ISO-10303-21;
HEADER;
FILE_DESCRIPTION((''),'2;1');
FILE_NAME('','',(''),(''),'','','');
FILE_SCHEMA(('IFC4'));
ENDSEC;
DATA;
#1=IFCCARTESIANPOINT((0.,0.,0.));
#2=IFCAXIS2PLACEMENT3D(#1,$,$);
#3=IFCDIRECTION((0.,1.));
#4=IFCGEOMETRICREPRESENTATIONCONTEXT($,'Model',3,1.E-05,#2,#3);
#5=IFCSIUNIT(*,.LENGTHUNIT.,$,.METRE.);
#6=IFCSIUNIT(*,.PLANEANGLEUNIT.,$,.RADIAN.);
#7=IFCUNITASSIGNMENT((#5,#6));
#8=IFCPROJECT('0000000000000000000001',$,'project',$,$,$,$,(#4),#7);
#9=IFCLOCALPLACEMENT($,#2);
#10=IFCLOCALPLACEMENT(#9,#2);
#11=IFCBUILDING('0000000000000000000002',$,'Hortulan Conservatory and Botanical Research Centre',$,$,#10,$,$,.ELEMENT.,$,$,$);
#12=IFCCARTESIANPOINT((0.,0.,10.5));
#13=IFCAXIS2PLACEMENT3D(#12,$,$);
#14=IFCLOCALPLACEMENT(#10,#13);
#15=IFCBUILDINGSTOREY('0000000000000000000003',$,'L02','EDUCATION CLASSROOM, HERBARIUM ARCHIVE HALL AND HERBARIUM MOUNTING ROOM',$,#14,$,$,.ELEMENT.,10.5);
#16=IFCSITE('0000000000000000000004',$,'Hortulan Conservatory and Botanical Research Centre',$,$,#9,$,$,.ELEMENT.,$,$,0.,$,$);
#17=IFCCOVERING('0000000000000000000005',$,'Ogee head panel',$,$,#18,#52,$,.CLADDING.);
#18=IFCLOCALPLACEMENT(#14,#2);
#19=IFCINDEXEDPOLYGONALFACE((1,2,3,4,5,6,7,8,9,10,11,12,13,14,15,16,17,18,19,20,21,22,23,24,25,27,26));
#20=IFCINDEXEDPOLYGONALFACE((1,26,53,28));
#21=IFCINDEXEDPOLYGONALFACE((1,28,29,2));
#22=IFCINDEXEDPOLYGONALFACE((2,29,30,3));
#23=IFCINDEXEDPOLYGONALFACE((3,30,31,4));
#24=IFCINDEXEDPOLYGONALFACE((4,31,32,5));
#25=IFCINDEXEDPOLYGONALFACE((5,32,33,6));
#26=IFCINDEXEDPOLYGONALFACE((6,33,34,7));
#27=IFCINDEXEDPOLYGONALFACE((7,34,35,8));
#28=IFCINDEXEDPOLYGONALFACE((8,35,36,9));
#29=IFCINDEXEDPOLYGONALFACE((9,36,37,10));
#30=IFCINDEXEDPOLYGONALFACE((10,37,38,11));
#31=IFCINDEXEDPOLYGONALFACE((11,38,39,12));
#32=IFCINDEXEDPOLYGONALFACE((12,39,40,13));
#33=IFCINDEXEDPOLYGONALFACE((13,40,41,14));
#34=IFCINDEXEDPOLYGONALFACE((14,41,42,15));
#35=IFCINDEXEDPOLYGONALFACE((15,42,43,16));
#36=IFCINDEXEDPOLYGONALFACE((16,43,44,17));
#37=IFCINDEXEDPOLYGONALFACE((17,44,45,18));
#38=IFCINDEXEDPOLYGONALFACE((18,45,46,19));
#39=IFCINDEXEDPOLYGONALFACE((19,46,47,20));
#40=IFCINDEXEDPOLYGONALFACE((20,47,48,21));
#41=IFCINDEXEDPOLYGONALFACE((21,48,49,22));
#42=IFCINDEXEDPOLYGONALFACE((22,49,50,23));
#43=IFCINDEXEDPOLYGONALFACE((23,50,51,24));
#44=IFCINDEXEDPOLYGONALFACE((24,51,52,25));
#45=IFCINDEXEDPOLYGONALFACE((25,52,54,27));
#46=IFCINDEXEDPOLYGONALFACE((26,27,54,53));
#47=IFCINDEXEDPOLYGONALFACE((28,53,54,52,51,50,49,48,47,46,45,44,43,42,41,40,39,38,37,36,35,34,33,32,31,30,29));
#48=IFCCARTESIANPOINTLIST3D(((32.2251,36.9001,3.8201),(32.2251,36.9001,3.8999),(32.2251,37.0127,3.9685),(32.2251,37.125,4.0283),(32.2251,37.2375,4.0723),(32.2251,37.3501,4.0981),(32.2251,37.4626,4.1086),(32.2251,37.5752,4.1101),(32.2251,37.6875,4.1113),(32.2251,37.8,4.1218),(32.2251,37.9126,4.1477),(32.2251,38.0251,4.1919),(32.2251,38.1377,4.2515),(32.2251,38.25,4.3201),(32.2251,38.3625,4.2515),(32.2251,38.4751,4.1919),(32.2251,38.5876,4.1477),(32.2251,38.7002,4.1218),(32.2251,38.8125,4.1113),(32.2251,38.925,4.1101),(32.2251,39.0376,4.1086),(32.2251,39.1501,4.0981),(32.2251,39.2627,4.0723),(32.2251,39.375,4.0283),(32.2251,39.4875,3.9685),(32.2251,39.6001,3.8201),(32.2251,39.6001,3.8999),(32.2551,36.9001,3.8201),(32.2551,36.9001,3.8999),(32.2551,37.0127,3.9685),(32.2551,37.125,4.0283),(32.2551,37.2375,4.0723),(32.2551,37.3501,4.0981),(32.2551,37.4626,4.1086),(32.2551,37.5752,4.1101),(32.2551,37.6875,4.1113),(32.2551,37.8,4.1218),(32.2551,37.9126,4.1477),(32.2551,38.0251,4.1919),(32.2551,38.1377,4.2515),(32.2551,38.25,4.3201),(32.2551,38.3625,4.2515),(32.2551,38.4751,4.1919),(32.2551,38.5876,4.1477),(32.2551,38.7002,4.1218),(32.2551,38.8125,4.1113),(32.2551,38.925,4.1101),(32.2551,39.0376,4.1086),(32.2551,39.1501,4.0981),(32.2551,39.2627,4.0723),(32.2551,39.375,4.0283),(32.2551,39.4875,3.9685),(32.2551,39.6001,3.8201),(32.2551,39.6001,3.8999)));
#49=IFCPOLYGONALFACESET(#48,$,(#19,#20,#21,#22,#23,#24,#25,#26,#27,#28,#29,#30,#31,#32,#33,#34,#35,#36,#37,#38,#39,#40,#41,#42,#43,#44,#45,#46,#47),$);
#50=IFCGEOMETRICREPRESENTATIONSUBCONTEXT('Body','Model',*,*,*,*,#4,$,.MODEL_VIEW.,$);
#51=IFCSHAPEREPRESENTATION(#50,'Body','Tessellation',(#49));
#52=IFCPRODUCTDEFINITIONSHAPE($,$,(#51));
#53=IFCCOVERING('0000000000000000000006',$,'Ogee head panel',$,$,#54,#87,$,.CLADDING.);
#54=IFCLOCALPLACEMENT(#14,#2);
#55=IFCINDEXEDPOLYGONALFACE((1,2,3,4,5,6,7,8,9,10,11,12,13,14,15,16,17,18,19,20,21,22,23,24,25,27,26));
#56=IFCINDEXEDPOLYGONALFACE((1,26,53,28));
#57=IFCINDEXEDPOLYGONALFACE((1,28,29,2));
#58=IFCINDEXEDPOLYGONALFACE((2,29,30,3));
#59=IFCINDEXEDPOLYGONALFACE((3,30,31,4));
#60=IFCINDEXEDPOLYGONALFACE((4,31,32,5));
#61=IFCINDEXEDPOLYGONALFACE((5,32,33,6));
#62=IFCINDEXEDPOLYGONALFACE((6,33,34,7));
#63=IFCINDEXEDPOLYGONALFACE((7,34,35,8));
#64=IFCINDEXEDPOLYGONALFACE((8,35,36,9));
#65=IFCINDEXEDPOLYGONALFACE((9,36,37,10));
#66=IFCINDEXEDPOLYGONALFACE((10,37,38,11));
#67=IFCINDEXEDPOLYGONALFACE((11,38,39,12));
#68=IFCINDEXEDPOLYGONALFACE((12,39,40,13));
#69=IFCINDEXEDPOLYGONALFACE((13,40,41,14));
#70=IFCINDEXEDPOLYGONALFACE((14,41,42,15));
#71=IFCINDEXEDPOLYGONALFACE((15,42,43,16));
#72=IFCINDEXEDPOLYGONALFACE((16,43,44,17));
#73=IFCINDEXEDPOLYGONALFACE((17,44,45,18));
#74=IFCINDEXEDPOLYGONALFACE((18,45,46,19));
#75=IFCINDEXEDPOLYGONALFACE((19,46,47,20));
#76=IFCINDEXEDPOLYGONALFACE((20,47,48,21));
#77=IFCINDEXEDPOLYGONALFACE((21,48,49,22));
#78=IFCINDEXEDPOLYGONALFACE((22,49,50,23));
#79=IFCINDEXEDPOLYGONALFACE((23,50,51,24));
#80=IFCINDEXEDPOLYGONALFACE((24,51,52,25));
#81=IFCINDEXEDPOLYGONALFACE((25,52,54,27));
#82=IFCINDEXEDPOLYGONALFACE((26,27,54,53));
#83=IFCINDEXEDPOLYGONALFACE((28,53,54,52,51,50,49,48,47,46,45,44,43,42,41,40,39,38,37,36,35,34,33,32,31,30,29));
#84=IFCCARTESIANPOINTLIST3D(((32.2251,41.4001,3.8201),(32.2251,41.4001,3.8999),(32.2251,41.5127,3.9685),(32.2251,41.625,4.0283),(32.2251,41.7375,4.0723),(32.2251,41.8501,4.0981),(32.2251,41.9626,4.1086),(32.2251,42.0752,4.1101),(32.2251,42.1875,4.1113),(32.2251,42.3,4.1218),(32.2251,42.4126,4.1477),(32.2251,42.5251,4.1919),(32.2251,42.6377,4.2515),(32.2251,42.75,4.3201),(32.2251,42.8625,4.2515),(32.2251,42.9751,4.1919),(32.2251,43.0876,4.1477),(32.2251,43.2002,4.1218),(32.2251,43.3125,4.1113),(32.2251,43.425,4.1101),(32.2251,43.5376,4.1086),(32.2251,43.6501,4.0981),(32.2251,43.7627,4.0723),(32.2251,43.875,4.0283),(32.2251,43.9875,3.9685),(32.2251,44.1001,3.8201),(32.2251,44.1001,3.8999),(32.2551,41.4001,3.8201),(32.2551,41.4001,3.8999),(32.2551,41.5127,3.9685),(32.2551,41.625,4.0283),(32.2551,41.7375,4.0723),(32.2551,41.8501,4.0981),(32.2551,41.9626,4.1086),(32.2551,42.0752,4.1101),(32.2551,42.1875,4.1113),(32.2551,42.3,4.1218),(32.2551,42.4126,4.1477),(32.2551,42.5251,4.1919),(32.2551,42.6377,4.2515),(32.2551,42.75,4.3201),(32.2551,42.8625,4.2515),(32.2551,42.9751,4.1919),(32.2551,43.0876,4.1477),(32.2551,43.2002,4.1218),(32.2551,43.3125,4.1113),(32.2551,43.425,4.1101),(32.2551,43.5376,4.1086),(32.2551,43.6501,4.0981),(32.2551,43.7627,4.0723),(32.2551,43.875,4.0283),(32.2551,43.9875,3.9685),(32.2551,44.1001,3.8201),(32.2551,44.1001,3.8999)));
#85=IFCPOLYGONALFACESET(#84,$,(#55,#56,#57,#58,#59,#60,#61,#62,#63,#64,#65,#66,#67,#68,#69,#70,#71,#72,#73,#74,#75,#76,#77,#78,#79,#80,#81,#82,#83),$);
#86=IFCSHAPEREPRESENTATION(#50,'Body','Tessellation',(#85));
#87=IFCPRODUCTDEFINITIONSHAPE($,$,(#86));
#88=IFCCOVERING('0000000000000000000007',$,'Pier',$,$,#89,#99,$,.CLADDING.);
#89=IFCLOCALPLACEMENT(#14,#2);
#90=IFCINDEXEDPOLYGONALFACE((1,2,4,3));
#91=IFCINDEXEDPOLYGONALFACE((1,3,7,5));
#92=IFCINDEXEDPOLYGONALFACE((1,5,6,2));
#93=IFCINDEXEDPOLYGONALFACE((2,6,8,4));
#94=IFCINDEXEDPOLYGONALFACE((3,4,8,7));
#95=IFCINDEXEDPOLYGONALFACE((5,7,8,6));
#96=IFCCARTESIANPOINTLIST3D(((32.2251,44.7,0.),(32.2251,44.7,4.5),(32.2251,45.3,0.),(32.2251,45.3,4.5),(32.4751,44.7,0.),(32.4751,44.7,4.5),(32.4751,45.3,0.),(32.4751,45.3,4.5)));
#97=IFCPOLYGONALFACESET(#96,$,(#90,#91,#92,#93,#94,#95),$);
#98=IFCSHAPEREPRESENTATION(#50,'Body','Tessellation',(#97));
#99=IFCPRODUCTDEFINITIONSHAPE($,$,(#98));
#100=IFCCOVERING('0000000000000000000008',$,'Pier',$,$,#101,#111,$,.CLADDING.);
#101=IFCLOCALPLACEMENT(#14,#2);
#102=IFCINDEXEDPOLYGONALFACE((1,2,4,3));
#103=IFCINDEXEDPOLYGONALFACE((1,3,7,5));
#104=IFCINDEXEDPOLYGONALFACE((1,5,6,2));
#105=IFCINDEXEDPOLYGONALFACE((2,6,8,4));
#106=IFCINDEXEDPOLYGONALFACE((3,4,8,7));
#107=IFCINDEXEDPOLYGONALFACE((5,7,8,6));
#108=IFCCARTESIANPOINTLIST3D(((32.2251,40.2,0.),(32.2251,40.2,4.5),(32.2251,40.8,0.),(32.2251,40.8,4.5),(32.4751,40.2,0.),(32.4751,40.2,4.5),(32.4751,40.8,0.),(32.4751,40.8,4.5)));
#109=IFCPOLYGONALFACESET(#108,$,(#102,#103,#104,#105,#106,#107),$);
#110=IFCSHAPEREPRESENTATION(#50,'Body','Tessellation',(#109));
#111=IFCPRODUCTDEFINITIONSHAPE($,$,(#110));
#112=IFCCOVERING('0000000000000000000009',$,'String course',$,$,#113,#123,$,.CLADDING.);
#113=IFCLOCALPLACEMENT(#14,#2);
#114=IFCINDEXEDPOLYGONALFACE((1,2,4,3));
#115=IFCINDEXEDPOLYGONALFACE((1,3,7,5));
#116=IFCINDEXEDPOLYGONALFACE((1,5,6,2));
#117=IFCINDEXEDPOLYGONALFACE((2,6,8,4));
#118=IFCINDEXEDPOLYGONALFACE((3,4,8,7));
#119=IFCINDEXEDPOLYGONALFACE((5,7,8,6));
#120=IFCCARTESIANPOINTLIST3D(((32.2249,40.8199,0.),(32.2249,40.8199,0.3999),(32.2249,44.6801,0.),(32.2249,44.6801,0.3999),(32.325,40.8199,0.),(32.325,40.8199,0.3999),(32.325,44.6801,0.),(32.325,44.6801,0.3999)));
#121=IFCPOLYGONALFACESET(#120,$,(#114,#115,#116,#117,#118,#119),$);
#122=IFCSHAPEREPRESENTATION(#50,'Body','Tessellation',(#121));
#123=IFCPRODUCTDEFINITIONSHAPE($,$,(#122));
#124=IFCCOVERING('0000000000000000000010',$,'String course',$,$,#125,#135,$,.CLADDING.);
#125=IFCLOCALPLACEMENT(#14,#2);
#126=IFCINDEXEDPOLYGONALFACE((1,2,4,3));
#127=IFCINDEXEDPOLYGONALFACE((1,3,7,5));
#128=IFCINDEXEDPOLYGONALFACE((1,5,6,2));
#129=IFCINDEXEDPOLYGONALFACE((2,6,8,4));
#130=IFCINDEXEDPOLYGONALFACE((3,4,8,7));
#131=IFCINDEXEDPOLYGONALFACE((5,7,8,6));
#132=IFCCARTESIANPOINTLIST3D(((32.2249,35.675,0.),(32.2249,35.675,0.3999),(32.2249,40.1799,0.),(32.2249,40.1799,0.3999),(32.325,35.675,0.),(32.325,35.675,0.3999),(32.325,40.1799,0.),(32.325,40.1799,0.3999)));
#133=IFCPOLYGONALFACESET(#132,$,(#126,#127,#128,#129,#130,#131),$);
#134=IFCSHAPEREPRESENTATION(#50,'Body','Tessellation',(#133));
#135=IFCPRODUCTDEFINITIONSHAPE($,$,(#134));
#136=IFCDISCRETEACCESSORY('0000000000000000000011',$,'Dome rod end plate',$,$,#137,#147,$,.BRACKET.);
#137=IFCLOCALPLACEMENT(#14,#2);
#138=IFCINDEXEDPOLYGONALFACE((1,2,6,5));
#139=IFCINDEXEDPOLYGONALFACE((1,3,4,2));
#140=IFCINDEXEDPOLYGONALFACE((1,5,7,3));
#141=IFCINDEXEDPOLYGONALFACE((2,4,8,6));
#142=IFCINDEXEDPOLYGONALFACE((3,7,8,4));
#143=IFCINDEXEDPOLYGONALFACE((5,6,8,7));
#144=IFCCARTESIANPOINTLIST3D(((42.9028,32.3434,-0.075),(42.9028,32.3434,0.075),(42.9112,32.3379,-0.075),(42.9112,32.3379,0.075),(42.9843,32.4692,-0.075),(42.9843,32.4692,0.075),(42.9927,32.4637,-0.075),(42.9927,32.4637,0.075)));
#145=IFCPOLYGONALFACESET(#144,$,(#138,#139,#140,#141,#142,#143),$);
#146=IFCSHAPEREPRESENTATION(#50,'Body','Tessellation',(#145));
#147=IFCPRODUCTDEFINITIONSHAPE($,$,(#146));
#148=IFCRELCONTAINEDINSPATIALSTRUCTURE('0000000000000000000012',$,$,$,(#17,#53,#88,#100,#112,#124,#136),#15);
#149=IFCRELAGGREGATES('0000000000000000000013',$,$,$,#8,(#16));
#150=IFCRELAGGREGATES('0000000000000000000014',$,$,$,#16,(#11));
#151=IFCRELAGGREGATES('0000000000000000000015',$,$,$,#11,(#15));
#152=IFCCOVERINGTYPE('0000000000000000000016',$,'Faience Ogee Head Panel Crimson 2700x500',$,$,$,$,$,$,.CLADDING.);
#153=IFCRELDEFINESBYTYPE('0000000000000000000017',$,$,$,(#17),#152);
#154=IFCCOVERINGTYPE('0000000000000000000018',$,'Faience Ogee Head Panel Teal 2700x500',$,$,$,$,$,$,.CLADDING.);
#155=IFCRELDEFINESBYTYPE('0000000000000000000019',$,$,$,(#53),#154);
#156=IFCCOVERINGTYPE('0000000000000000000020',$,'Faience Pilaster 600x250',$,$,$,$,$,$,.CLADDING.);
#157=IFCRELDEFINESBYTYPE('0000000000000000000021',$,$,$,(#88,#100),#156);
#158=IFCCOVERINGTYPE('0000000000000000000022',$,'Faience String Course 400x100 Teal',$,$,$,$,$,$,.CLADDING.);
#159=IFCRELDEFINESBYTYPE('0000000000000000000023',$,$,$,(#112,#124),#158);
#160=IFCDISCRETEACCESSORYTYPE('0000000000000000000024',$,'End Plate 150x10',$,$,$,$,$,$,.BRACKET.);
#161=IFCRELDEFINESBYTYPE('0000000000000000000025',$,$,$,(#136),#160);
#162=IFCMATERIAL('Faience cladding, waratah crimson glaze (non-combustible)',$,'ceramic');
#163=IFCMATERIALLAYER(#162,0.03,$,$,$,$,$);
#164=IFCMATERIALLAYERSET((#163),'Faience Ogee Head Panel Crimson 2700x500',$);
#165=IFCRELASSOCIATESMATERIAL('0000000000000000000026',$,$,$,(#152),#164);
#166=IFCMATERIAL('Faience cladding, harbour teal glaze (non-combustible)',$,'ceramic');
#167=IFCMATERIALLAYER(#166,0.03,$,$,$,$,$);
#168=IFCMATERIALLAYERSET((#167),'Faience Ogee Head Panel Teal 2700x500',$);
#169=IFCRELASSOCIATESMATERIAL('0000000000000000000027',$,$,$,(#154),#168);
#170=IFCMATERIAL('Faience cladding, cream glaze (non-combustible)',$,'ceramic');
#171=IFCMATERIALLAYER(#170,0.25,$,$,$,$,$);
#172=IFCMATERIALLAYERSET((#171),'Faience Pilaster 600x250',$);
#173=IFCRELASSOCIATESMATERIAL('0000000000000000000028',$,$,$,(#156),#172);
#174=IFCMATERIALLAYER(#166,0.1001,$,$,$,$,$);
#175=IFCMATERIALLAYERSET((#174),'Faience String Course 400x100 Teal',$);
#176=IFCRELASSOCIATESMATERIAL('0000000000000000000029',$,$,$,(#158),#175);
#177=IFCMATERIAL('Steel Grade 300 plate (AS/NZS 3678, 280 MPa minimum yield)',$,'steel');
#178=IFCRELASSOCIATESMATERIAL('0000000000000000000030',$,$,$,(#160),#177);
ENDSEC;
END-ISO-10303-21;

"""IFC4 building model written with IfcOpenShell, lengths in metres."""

from ifc_helpers import new_model, si_unit, direction, frame, origin, origin_2d, place, context, subcontext, project, spatial, polyline, rectangle, outline, extrude, material, layer, layer_set, type_object, element, save


model = new_model("IFC4")

# Units and contexts
model_context = context("Model", 3, precision=1e-05, world=origin(), true_north=direction((0.0, 1.0)))
body_context = subcontext(model_context, "Body", "Model", "MODEL_VIEW")
ifc_project = project(units=[si_unit("LENGTHUNIT", "METRE"), si_unit("PLANEANGLEUNIT", "RADIAN")], contexts=[model_context])

# Site, building, storey
site_placement = place(None, origin())
site = spatial("IfcSite", under=ifc_project, at=site_placement, Name="Hortulan Conservatory and Botanical Research Centre", CompositionType="ELEMENT", RefElevation=0.0)
building_placement = place(site_placement, origin())
building = spatial("IfcBuilding", under=site, at=building_placement, Name="Hortulan Conservatory and Botanical Research Centre", CompositionType="ELEMENT")
storey_placement = place(building_placement, frame((0.0, 0.0, 10.5)))
storey = spatial("IfcBuildingStorey", under=building, at=storey_placement, Name="L02", Description="EDUCATION CLASSROOM, HERBARIUM ARCHIVE HALL AND HERBARIUM MOUNTING ROOM", CompositionType="ELEMENT", Elevation=10.5)

# Coverings
ifc_material_1 = material(Name="Faience cladding, waratah crimson glaze (non-combustible)", Category="ceramic")
ifc_layer_1 = layer(ifc_material_1, 0.03)
ifc_layer_set_1 = layer_set([ifc_layer_1], Name="Faience Ogee Head Panel Crimson 2700x500")
covering_type_1 = type_object("IfcCoveringType", Name="Faience Ogee Head Panel Crimson 2700x500", PredefinedType="CLADDING", material=ifc_layer_set_1)
covering_1_placement = place(storey_placement, frame((32.24, 39.6001, 3.8201), z_axis=(0.0, 0.0, 1.0), x_axis=(0.0, -1.0, 0.0)))
element("IfcCovering", 1, at=covering_1_placement, inside=storey, type_object=covering_type_1, Name="Ogee head panel", PredefinedType="CLADDING", context=body_context, shape_type="SweptSolid", body=[
    extrude(outline(polyline([(0.0, 0.0), (2.7, 0.0), (2.7, 0.0798), (2.5874, 0.1484), (2.4751, 0.2083), (2.3625, 0.2522), (2.25, 0.2781), (2.1375, 0.2886), (2.0249, 0.29), (1.9126, 0.2913), (1.8, 0.3018), (1.6875, 0.3276), (1.575, 0.3718), (1.4624, 0.4314), (1.3501, 0.5), (1.2375, 0.4314), (1.125, 0.3718), (1.0125, 0.3276), (0.8999, 0.3018), (0.7876, 0.2913), (0.675, 0.29), (0.5625, 0.2886), (0.45, 0.2781), (0.3374, 0.2522), (0.2251, 0.2083), (0.1125, 0.1484), (0.0, 0.0798), (0.0, 0.0)])), frame((0.0, 0.0151, 0.0), z_axis=(0.0, -1.0, 0.0), x_axis=(1.0, 0.0, 0.0)), (0.0, 0.0, 1.0), 0.03),
])
ifc_material_2 = material(Name="Faience cladding, harbour teal glaze (non-combustible)", Category="ceramic")
ifc_layer_2 = layer(ifc_material_2, 0.03)
ifc_layer_set_2 = layer_set([ifc_layer_2], Name="Faience Ogee Head Panel Teal 2700x500")
covering_type_2 = type_object("IfcCoveringType", Name="Faience Ogee Head Panel Teal 2700x500", PredefinedType="CLADDING", material=ifc_layer_set_2)
covering_2_placement = place(storey_placement, frame((32.24, 44.1001, 3.8201), z_axis=(0.0, 0.0, 1.0), x_axis=(0.0, -1.0, 0.0)))
element("IfcCovering", 2, at=covering_2_placement, inside=storey, type_object=covering_type_2, Name="Ogee head panel", PredefinedType="CLADDING", context=body_context, shape_type="SweptSolid", body=[
    extrude(outline(polyline([(0.0, 0.0), (2.7, 0.0), (2.7, 0.0798), (2.5874, 0.1484), (2.4751, 0.2083), (2.3625, 0.2522), (2.25, 0.2781), (2.1375, 0.2886), (2.0249, 0.29), (1.9126, 0.2913), (1.8, 0.3018), (1.6875, 0.3276), (1.575, 0.3718), (1.4624, 0.4314), (1.3501, 0.5), (1.2375, 0.4314), (1.125, 0.3718), (1.0125, 0.3276), (0.8999, 0.3018), (0.7876, 0.2913), (0.675, 0.29), (0.5625, 0.2886), (0.45, 0.2781), (0.3374, 0.2522), (0.2251, 0.2083), (0.1125, 0.1484), (0.0, 0.0798), (0.0, 0.0)])), frame((0.0, 0.0151, 0.0), z_axis=(0.0, -1.0, 0.0), x_axis=(1.0, 0.0, 0.0)), (0.0, 0.0, 1.0), 0.03),
])
ifc_material_3 = material(Name="Faience cladding, cream glaze (non-combustible)", Category="ceramic")
ifc_layer_3 = layer(ifc_material_3, 0.25)
ifc_layer_set_3 = layer_set([ifc_layer_3], Name="Faience Pilaster 600x250")
covering_type_3 = type_object("IfcCoveringType", Name="Faience Pilaster 600x250", PredefinedType="CLADDING", material=ifc_layer_set_3)
for number, where, z_axis, x_axis, name in (
    (3, (32.3501, 45.0, 0.0), (0.0, 0.0, 1.0), (0.0, -1.0, 0.0), "Pier"),
    (4, (32.3501, 40.5, 0.0), (0.0, 0.0, 1.0), (0.0, -1.0, 0.0), "Pier"),
):
    element("IfcCovering", number, at=place(storey_placement, frame(where, z_axis=z_axis, x_axis=x_axis)), inside=storey, type_object=covering_type_3, Name=name, PredefinedType="CLADDING", context=body_context, shape_type="SweptSolid", body=[
        extrude(rectangle(XDim=0.6001, YDim=0.25, at=origin_2d()), origin(), (0.0, 0.0, 1.0), 4.5),
    ])
ifc_layer_4 = layer(ifc_material_2, 0.1001)
ifc_layer_set_4 = layer_set([ifc_layer_4], Name="Faience String Course 400x100 Teal")
covering_type_4 = type_object("IfcCoveringType", Name="Faience String Course 400x100 Teal", PredefinedType="CLADDING", material=ifc_layer_set_4)
covering_3_placement = place(storey_placement, frame((32.2749, 42.75, 0.0), z_axis=(0.0, 0.0, 1.0), x_axis=(0.0, -1.0, 0.0)))
element("IfcCovering", 5, at=covering_3_placement, inside=storey, type_object=covering_type_4, Name="String course", PredefinedType="CLADDING", context=body_context, shape_type="SweptSolid", body=[
    extrude(rectangle(XDim=3.8601, YDim=0.1001, at=origin_2d()), origin(), (0.0, 0.0, 1.0), 0.3999),
])
covering_4_placement = place(storey_placement, frame((32.2749, 37.9275, 0.0), z_axis=(0.0, 0.0, 1.0), x_axis=(0.0, -1.0, 0.0)))
element("IfcCovering", 6, at=covering_4_placement, inside=storey, type_object=covering_type_4, Name="String course", PredefinedType="CLADDING", context=body_context, shape_type="SweptSolid", body=[
    extrude(rectangle(XDim=4.5049, YDim=0.1001, at=origin_2d()), origin(), (0.0, 0.0, 1.0), 0.3999),
])

# Discrete accessory
ifc_material_4 = material(Name="Steel Grade 300 plate (AS/NZS 3678, 280 MPa minimum yield)", Category="steel")
discrete_accessory_type = type_object("IfcDiscreteAccessoryType", Name="End Plate 150x10", PredefinedType="BRACKET", material=ifc_material_4)
discrete_accessory_placement = place(storey_placement, frame((42.9478, 32.4036, -0.075), z_axis=(0.0, 0.0, 1.0), x_axis=(0.543951, 0.839117, 0.0)))
element("IfcDiscreteAccessory", 7, at=discrete_accessory_placement, inside=storey, type_object=discrete_accessory_type, Name="Dome rod end plate", PredefinedType="BRACKET", context=body_context, shape_type="SweptSolid", body=[
    extrude(rectangle(XDim=0.1499, YDim=0.01, at=origin_2d()), origin(), (0.0, 0.0, 1.0), 0.1499),
])

save(model, "model.ifc")
